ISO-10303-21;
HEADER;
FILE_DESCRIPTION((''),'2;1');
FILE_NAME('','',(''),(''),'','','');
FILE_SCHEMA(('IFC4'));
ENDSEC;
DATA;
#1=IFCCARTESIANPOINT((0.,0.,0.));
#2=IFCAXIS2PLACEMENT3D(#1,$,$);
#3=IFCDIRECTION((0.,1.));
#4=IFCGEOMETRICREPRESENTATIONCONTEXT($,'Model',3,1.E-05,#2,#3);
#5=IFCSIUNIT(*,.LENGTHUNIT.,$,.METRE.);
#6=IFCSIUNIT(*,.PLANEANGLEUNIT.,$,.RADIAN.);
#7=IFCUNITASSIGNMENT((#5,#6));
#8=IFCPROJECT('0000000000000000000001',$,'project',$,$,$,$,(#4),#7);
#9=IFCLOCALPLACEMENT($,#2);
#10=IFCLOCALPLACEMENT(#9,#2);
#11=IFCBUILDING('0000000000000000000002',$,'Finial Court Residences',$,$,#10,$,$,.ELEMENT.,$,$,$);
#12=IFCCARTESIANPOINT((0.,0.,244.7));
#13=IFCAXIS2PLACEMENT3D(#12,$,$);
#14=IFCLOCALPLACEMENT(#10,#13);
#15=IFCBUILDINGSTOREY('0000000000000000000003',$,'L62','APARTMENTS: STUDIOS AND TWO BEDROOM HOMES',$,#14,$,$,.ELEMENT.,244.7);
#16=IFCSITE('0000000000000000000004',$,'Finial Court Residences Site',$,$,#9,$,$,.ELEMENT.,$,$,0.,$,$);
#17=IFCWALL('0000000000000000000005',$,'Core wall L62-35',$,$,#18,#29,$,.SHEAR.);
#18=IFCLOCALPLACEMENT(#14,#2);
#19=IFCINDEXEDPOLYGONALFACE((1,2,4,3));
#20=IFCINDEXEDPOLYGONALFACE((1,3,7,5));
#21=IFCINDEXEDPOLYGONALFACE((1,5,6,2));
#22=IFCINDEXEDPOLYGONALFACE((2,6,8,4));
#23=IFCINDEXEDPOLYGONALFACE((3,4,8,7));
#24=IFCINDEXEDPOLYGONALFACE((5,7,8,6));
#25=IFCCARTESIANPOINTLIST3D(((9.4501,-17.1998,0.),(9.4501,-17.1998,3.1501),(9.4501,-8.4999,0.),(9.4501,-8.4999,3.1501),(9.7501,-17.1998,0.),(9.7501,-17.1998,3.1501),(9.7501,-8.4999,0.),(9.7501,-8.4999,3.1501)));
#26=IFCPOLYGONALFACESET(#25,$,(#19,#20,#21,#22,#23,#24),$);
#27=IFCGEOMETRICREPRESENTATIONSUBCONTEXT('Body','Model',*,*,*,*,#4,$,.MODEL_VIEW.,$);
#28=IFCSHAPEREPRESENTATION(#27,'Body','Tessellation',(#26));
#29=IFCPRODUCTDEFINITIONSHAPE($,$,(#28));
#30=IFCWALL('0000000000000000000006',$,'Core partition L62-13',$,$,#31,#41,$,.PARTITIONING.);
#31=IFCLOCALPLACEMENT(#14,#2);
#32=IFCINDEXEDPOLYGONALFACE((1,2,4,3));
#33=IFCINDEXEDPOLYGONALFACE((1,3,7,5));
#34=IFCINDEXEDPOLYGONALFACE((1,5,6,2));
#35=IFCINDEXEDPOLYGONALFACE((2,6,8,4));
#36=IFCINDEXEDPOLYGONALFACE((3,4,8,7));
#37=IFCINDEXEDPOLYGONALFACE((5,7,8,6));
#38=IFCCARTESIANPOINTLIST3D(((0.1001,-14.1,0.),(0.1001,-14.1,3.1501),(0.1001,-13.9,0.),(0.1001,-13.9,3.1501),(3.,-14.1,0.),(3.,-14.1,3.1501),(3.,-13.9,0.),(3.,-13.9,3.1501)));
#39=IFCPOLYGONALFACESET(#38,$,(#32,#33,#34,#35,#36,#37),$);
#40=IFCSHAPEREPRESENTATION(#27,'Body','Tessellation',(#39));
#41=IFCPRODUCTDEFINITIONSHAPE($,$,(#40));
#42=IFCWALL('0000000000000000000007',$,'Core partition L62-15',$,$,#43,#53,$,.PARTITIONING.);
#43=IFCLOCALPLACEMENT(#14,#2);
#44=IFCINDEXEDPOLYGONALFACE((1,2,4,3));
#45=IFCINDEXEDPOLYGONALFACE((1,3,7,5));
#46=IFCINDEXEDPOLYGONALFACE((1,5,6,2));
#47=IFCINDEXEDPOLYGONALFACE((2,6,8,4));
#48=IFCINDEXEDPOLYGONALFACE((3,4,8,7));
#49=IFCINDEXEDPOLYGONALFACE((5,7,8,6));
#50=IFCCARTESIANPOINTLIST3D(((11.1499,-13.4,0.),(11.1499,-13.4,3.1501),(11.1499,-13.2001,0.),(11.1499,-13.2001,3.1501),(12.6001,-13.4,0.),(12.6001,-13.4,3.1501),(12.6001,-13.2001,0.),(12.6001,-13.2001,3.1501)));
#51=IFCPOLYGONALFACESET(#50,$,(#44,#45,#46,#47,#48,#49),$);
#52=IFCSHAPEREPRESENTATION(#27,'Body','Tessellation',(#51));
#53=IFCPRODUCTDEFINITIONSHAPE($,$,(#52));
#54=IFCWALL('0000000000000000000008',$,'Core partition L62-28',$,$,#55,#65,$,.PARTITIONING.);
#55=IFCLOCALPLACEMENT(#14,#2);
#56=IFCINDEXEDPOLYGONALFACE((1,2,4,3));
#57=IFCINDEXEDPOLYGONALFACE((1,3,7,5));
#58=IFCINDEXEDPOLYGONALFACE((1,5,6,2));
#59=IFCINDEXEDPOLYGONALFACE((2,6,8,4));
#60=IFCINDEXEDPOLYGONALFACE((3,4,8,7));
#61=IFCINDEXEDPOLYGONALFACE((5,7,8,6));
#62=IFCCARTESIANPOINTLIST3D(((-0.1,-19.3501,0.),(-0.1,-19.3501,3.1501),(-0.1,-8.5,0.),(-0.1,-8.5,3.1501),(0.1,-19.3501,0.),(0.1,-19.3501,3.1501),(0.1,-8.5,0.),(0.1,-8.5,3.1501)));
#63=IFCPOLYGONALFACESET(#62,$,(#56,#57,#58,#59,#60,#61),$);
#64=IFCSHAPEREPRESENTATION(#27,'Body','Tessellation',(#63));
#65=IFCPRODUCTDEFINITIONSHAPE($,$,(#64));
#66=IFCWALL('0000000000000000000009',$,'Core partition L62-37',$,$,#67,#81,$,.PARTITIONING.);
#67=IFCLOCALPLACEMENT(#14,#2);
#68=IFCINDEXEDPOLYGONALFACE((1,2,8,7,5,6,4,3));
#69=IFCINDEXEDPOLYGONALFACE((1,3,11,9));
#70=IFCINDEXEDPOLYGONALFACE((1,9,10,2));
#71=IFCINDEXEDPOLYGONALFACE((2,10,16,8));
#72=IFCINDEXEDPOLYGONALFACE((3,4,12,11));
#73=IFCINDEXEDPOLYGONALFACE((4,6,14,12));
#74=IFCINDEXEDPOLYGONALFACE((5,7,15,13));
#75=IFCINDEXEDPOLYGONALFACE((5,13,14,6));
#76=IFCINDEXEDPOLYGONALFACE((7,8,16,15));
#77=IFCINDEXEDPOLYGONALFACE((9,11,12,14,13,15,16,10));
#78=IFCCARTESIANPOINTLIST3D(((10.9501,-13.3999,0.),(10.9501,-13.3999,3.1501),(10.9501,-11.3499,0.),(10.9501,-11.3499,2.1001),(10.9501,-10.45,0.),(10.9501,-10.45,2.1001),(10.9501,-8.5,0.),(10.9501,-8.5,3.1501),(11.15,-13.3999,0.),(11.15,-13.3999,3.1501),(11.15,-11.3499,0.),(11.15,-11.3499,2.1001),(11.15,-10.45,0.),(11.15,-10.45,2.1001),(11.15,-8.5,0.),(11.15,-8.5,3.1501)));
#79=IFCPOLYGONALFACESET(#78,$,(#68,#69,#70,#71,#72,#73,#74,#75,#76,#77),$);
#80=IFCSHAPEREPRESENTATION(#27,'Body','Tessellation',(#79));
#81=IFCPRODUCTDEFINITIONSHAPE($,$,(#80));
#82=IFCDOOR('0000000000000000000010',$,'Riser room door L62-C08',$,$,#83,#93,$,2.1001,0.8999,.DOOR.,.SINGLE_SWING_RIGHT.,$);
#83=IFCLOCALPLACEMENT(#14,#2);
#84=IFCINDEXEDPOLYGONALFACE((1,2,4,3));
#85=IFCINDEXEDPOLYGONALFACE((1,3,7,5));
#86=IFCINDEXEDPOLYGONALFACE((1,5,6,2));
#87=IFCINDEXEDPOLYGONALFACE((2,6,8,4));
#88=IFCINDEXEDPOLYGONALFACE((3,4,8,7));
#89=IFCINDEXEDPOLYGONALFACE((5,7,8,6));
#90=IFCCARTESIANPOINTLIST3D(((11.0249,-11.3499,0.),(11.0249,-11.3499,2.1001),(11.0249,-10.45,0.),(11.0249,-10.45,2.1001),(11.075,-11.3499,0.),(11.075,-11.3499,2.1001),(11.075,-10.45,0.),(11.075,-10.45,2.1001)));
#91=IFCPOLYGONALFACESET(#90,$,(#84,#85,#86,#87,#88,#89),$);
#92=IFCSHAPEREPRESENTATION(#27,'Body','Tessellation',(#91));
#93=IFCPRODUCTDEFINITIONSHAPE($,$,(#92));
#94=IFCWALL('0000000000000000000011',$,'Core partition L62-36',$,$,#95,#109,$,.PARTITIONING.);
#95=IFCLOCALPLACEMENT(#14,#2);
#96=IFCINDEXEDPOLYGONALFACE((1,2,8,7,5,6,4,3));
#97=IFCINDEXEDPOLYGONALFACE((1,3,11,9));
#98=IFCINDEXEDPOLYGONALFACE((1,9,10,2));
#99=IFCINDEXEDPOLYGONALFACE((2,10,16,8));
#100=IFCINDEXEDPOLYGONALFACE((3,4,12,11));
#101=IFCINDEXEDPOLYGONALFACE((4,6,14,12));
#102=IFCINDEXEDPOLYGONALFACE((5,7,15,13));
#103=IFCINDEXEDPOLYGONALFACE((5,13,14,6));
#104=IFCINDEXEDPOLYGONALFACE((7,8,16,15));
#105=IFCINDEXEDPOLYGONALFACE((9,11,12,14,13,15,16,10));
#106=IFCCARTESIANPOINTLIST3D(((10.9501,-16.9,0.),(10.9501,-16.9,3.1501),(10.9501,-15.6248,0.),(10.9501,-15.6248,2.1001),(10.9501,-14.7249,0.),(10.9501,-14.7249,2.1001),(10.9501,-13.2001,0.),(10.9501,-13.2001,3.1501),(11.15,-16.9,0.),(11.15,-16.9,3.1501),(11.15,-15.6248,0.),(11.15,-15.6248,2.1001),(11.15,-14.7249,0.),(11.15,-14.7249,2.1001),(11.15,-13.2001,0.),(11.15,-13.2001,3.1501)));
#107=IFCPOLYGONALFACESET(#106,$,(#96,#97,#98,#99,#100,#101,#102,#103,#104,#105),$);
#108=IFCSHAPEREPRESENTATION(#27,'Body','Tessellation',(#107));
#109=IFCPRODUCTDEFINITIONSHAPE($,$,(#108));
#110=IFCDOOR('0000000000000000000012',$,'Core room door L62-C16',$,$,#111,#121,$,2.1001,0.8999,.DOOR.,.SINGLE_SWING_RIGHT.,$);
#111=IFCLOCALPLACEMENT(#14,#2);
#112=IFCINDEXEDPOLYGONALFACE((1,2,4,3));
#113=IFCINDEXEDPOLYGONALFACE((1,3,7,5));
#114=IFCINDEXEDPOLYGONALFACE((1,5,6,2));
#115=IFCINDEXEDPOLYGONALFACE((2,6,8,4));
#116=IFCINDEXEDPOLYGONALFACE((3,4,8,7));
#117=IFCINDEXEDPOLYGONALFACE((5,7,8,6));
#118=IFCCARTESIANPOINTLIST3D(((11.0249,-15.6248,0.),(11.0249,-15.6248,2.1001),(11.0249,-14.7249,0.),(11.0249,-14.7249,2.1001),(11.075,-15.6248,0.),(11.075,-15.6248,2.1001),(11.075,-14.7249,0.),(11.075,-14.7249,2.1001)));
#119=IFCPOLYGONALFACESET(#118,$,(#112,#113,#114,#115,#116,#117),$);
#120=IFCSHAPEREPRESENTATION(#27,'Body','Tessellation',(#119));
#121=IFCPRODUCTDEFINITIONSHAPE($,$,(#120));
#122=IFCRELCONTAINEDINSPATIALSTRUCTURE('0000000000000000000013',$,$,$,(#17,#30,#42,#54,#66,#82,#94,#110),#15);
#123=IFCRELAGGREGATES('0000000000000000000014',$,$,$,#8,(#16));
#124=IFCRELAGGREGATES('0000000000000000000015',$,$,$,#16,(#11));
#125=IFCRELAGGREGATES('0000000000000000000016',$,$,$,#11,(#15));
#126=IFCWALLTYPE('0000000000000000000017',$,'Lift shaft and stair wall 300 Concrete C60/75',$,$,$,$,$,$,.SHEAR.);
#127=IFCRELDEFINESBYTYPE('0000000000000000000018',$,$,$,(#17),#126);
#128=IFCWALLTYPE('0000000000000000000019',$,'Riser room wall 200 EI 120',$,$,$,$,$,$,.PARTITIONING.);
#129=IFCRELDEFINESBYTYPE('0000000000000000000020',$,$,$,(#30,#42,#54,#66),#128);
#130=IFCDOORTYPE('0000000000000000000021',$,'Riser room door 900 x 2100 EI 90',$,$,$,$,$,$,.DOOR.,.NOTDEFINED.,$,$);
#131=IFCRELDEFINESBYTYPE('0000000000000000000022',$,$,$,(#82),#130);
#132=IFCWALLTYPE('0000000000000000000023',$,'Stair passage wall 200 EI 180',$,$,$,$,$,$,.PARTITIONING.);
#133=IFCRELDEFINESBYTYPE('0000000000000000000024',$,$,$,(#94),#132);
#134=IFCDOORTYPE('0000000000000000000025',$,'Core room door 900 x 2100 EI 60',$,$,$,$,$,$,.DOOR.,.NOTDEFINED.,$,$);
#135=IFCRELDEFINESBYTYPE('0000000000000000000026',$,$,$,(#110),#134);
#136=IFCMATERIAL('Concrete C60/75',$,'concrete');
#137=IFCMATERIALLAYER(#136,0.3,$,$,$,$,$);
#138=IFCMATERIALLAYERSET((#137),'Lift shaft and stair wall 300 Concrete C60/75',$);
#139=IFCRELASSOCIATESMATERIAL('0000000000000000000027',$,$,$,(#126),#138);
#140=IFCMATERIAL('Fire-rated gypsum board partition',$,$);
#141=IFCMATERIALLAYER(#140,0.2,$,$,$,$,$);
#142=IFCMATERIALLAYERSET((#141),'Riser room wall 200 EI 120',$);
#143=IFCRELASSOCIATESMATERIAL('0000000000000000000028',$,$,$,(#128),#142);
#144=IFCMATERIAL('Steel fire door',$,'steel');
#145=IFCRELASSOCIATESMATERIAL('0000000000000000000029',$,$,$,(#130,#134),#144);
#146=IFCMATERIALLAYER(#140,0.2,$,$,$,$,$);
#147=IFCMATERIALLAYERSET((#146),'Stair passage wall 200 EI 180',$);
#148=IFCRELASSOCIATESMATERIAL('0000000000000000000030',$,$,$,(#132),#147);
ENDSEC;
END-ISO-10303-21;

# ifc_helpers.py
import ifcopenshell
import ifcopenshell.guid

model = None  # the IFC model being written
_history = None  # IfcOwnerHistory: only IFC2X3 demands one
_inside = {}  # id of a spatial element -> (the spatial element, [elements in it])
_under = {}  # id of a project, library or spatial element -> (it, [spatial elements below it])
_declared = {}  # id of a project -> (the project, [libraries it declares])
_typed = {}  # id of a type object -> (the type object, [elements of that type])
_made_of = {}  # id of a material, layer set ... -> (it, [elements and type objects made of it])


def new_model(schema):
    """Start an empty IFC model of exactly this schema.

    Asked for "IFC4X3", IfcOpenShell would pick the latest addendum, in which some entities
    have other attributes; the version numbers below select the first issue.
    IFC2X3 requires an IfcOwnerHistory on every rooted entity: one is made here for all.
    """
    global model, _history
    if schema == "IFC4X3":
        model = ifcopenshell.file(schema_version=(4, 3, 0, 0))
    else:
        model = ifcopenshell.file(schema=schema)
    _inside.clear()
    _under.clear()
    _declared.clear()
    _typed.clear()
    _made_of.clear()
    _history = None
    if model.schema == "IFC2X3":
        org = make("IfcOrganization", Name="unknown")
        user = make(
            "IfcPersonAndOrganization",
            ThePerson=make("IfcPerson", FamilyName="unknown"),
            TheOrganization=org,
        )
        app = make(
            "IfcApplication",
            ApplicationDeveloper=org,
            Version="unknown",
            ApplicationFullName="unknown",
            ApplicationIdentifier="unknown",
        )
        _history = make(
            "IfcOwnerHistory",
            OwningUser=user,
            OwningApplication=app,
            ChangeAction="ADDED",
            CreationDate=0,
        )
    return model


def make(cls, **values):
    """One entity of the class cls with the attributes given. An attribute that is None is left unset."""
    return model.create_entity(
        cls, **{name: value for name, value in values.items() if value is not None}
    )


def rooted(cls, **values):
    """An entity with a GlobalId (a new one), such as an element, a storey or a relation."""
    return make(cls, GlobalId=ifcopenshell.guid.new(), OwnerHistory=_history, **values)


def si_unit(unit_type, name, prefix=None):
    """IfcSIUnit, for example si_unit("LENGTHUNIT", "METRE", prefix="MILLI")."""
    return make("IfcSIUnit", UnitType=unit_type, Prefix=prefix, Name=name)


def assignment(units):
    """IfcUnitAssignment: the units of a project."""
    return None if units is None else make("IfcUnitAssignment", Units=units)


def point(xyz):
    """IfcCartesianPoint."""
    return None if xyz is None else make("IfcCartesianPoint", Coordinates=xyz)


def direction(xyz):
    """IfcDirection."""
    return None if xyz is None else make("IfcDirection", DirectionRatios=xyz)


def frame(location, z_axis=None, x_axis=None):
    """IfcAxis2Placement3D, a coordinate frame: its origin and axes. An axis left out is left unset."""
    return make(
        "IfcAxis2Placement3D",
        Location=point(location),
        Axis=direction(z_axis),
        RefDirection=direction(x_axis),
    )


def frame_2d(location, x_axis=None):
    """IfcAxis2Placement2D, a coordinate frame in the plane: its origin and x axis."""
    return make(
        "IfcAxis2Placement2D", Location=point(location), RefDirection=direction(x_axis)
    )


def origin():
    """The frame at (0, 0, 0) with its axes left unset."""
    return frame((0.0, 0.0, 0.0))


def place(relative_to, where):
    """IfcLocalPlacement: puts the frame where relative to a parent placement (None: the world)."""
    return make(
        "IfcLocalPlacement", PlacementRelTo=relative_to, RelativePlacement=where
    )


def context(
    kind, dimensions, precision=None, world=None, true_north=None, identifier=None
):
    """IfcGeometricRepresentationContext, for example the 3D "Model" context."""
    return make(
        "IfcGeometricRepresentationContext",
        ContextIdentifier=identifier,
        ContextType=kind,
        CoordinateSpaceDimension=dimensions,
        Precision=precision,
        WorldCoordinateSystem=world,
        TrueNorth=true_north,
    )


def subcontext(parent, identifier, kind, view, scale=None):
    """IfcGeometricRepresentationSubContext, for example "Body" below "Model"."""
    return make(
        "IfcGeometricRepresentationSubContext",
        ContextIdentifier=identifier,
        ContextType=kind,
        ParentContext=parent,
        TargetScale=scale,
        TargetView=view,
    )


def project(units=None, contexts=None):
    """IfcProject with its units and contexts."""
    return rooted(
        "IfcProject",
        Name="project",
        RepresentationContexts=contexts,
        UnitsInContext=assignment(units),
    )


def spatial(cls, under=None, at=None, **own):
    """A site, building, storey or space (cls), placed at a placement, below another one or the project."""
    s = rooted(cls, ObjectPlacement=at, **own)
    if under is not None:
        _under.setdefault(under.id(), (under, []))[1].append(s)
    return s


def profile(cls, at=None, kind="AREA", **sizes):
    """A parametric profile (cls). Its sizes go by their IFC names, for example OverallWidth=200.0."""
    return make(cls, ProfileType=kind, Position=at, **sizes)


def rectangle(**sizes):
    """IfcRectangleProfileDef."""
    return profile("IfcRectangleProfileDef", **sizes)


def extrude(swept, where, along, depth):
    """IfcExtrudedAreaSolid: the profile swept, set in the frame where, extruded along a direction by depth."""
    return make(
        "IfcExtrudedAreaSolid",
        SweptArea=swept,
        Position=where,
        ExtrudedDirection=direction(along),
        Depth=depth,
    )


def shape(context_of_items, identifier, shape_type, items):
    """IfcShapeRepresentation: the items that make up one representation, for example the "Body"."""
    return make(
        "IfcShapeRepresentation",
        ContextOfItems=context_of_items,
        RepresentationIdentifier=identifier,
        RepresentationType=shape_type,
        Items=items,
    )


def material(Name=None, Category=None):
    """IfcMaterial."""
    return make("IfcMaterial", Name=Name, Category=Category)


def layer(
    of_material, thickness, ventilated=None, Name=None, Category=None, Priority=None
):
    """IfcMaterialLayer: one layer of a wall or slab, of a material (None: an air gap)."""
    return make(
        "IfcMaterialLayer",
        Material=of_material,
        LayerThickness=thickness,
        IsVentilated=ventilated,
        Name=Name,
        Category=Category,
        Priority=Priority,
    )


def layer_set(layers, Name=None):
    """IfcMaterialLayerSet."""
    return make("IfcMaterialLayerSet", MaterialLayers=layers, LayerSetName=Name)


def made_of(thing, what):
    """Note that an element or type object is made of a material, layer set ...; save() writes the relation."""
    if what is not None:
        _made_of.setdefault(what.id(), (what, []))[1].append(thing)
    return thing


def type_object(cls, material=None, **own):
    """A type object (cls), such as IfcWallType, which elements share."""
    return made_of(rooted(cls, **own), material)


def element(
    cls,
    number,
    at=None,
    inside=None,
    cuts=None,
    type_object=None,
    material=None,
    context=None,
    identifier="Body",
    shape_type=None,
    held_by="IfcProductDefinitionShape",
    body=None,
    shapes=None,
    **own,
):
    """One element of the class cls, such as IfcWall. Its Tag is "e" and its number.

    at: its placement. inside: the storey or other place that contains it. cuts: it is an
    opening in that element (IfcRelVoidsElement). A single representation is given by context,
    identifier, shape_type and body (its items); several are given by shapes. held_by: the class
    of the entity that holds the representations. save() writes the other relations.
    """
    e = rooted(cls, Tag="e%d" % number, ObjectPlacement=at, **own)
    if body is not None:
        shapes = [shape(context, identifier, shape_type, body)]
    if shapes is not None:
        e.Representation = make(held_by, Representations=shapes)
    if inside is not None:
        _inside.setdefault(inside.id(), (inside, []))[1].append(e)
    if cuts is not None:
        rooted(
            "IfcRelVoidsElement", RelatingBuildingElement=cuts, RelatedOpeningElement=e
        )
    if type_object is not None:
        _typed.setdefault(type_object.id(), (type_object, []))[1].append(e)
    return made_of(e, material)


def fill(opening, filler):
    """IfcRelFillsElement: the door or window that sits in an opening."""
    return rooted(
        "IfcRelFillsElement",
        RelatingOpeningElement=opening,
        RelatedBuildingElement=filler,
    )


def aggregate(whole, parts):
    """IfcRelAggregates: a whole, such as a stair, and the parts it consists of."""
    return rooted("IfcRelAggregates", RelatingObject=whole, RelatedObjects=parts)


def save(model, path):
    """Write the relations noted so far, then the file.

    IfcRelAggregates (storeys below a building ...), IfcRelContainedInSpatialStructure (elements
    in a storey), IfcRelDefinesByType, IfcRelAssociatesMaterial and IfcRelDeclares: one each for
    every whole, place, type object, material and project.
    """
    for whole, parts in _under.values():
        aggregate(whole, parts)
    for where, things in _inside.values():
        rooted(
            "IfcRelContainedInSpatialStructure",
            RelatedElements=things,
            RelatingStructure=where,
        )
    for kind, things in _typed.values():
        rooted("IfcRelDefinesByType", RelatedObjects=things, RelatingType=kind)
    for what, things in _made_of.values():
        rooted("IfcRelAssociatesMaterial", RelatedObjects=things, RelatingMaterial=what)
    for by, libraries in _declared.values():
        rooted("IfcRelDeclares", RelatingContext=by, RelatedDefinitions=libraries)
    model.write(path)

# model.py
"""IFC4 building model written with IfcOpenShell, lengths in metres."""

from ifc_helpers import new_model, si_unit, direction, frame, frame_2d, origin, place, context, subcontext, project, spatial, rectangle, extrude, material, layer, layer_set, type_object, element, fill, save


model = new_model("IFC4")

# Units and contexts
model_context = context("Model", 3, precision=1e-05, world=origin(), true_north=direction((0.0, 1.0)))
body_context = subcontext(model_context, "Body", "Model", "MODEL_VIEW")
ifc_project = project(units=[si_unit("LENGTHUNIT", "METRE"), si_unit("PLANEANGLEUNIT", "RADIAN")], contexts=[model_context])

# Site, building, storey
site_placement = place(None, origin())
site = spatial("IfcSite", under=ifc_project, at=site_placement, Name="Finial Court Residences Site", CompositionType="ELEMENT", RefElevation=0.0)
building_placement = place(site_placement, origin())
building = spatial("IfcBuilding", under=site, at=building_placement, Name="Finial Court Residences", CompositionType="ELEMENT")
storey_placement = place(building_placement, frame((0.0, 0.0, 244.7)))
storey = spatial("IfcBuildingStorey", under=building, at=storey_placement, Name="L62", Description="APARTMENTS: STUDIOS AND TWO BEDROOM HOMES", CompositionType="ELEMENT", Elevation=244.7)

# Shared definitions
ifc_material_1 = material(Name="Concrete C60/75", Category="concrete")
ifc_layer_1 = layer(ifc_material_1, 0.3)
ifc_layer_set_1 = layer_set([ifc_layer_1], Name="Lift shaft and stair wall 300 Concrete C60/75")
wall_type_1 = type_object("IfcWallType", Name="Lift shaft and stair wall 300 Concrete C60/75", PredefinedType="SHEAR", material=ifc_layer_set_1)

# Shared definitions
ifc_material_2 = material(Name="Steel fire door", Category="steel")

# Walls
wall_1_placement = place(storey_placement, frame((9.6001, -17.2, 0.0), z_axis=(0.0, 0.0, 1.0), x_axis=(0.0, 1.0, 0.0)))
element("IfcWall", 1, at=wall_1_placement, inside=storey, type_object=wall_type_1, Name="Core wall L62-35", PredefinedType="SHEAR", context=body_context, shape_type="SweptSolid", body=[
    extrude(rectangle(XDim=8.7, YDim=0.3, at=frame_2d((4.3501, 0.0))), origin(), (0.0, 0.0, 1.0), 3.1501),
])
ifc_material_3 = material(Name="Fire-rated gypsum board partition")
ifc_layer_2 = layer(ifc_material_3, 0.2)
ifc_layer_set_2 = layer_set([ifc_layer_2], Name="Riser room wall 200 EI 120")
wall_type_2 = type_object("IfcWallType", Name="Riser room wall 200 EI 120", PredefinedType="PARTITIONING", material=ifc_layer_set_2)
wall_2_placement = place(storey_placement, frame((0.1001, -14.0, 0.0), z_axis=(0.0, 0.0, 1.0), x_axis=(1.0, 0.0, 0.0)))
element("IfcWall", 2, at=wall_2_placement, inside=storey, type_object=wall_type_2, Name="Core partition L62-13", PredefinedType="PARTITIONING", context=body_context, shape_type="SweptSolid", body=[
    extrude(rectangle(XDim=2.8999, YDim=0.2, at=frame_2d((1.45, 0.0))), origin(), (0.0, 0.0, 1.0), 3.1501),
])
wall_3_placement = place(storey_placement, frame((11.1499, -13.3, 0.0), z_axis=(0.0, 0.0, 1.0), x_axis=(1.0, 0.0, 0.0)))
element("IfcWall", 3, at=wall_3_placement, inside=storey, type_object=wall_type_2, Name="Core partition L62-15", PredefinedType="PARTITIONING", context=body_context, shape_type="SweptSolid", body=[
    extrude(rectangle(XDim=1.4502, YDim=0.2, at=frame_2d((0.7251, 0.0))), origin(), (0.0, 0.0, 1.0), 3.1501),
])
wall_4_placement = place(storey_placement, frame((0.0, -19.3501, 0.0), z_axis=(0.0, 0.0, 1.0), x_axis=(0.0, 1.0, 0.0)))
element("IfcWall", 4, at=wall_4_placement, inside=storey, type_object=wall_type_2, Name="Core partition L62-28", PredefinedType="PARTITIONING", context=body_context, shape_type="SweptSolid", body=[
    extrude(rectangle(XDim=10.8501, YDim=0.2, at=frame_2d((5.425, 0.0))), origin(), (0.0, 0.0, 1.0), 3.1501),
])

# Walls, openings, doors
wall_5_placement = place(storey_placement, frame((11.05, -8.5, 0.0), z_axis=(0.0, 0.0, 1.0), x_axis=(0.0, -1.0, 0.0)))
wall_5 = element("IfcWall", 5, at=wall_5_placement, inside=storey, type_object=wall_type_2, Name="Core partition L62-37", PredefinedType="PARTITIONING", context=body_context, shape_type="SweptSolid", body=[
    extrude(rectangle(XDim=4.8999, YDim=0.2, at=frame_2d((2.45, 0.0))), origin(), (0.0, 0.0, 1.0), 3.1501),
])
opening_1_placement = place(wall_5_placement, frame((1.95, 0.0, 0.0)))
opening_1 = element("IfcOpeningElement", 6, at=opening_1_placement, cuts=wall_5, PredefinedType="OPENING", context=body_context, shape_type="SweptSolid", body=[
    extrude(rectangle(XDim=0.8999, YDim=2.1001, at=frame_2d((0.45, 1.05))), frame((0.0, 0.1099, 0.0), z_axis=(0.0, -1.0, 0.0), x_axis=(1.0, 0.0, 0.0)), (0.0, 0.0, 1.0), 0.22),
])
door_type_1 = type_object("IfcDoorType", Name="Riser room door 900 x 2100 EI 90", OperationType="NOTDEFINED", PredefinedType="DOOR", material=ifc_material_2)
door_1_placement = place(opening_1_placement, origin())
door_1 = element("IfcDoor", 7, at=door_1_placement, inside=storey, type_object=door_type_1, Name="Riser room door L62-C08", OperationType="SINGLE_SWING_RIGHT", OverallHeight=2.1001, OverallWidth=0.8999, PredefinedType="DOOR", context=body_context, shape_type="SweptSolid", body=[
    extrude(rectangle(XDim=0.8999, YDim=2.1001, at=frame_2d((0.45, 1.05))), frame((0.0, 0.0249, 0.0), z_axis=(0.0, -1.0, 0.0), x_axis=(1.0, 0.0, 0.0)), (0.0, 0.0, 1.0), 0.05),
])
fill(opening_1, door_1)
ifc_layer_3 = layer(ifc_material_3, 0.2)
ifc_layer_set_3 = layer_set([ifc_layer_3], Name="Stair passage wall 200 EI 180")
wall_type_3 = type_object("IfcWallType", Name="Stair passage wall 200 EI 180", PredefinedType="PARTITIONING", material=ifc_layer_set_3)
wall_6_placement = place(storey_placement, frame((11.05, -13.2, 0.0), z_axis=(0.0, 0.0, 1.0), x_axis=(0.0, -1.0, 0.0)))
wall_6 = element("IfcWall", 8, at=wall_6_placement, inside=storey, type_object=wall_type_3, Name="Core partition L62-36", PredefinedType="PARTITIONING", context=body_context, shape_type="SweptSolid", body=[
    extrude(rectangle(XDim=3.7, YDim=0.2, at=frame_2d((1.8501, 0.0))), origin(), (0.0, 0.0, 1.0), 3.1501),
])
opening_2_placement = place(wall_6_placement, frame((1.5249, 0.0, 0.0)))
opening_2 = element("IfcOpeningElement", 9, at=opening_2_placement, cuts=wall_6, PredefinedType="OPENING", context=body_context, shape_type="SweptSolid", body=[
    extrude(rectangle(XDim=0.8999, YDim=2.1001, at=frame_2d((0.45, 1.05))), frame((0.0, 0.1099, 0.0), z_axis=(0.0, -1.0, 0.0), x_axis=(1.0, 0.0, 0.0)), (0.0, 0.0, 1.0), 0.22),
])
door_type_2 = type_object("IfcDoorType", Name="Core room door 900 x 2100 EI 60", OperationType="NOTDEFINED", PredefinedType="DOOR", material=ifc_material_2)
door_2_placement = place(opening_2_placement, origin())
door_2 = element("IfcDoor", 10, at=door_2_placement, inside=storey, type_object=door_type_2, Name="Core room door L62-C16", OperationType="SINGLE_SWING_RIGHT", OverallHeight=2.1001, OverallWidth=0.8999, PredefinedType="DOOR", context=body_context, shape_type="SweptSolid", body=[
    extrude(rectangle(XDim=0.8999, YDim=2.1001, at=frame_2d((0.45, 1.05))), frame((0.0, 0.0249, 0.0), z_axis=(0.0, -1.0, 0.0), x_axis=(1.0, 0.0, 0.0)), (0.0, 0.0, 1.0), 0.05),
])
fill(opening_2, door_2)

save(model, "model.ifc")
